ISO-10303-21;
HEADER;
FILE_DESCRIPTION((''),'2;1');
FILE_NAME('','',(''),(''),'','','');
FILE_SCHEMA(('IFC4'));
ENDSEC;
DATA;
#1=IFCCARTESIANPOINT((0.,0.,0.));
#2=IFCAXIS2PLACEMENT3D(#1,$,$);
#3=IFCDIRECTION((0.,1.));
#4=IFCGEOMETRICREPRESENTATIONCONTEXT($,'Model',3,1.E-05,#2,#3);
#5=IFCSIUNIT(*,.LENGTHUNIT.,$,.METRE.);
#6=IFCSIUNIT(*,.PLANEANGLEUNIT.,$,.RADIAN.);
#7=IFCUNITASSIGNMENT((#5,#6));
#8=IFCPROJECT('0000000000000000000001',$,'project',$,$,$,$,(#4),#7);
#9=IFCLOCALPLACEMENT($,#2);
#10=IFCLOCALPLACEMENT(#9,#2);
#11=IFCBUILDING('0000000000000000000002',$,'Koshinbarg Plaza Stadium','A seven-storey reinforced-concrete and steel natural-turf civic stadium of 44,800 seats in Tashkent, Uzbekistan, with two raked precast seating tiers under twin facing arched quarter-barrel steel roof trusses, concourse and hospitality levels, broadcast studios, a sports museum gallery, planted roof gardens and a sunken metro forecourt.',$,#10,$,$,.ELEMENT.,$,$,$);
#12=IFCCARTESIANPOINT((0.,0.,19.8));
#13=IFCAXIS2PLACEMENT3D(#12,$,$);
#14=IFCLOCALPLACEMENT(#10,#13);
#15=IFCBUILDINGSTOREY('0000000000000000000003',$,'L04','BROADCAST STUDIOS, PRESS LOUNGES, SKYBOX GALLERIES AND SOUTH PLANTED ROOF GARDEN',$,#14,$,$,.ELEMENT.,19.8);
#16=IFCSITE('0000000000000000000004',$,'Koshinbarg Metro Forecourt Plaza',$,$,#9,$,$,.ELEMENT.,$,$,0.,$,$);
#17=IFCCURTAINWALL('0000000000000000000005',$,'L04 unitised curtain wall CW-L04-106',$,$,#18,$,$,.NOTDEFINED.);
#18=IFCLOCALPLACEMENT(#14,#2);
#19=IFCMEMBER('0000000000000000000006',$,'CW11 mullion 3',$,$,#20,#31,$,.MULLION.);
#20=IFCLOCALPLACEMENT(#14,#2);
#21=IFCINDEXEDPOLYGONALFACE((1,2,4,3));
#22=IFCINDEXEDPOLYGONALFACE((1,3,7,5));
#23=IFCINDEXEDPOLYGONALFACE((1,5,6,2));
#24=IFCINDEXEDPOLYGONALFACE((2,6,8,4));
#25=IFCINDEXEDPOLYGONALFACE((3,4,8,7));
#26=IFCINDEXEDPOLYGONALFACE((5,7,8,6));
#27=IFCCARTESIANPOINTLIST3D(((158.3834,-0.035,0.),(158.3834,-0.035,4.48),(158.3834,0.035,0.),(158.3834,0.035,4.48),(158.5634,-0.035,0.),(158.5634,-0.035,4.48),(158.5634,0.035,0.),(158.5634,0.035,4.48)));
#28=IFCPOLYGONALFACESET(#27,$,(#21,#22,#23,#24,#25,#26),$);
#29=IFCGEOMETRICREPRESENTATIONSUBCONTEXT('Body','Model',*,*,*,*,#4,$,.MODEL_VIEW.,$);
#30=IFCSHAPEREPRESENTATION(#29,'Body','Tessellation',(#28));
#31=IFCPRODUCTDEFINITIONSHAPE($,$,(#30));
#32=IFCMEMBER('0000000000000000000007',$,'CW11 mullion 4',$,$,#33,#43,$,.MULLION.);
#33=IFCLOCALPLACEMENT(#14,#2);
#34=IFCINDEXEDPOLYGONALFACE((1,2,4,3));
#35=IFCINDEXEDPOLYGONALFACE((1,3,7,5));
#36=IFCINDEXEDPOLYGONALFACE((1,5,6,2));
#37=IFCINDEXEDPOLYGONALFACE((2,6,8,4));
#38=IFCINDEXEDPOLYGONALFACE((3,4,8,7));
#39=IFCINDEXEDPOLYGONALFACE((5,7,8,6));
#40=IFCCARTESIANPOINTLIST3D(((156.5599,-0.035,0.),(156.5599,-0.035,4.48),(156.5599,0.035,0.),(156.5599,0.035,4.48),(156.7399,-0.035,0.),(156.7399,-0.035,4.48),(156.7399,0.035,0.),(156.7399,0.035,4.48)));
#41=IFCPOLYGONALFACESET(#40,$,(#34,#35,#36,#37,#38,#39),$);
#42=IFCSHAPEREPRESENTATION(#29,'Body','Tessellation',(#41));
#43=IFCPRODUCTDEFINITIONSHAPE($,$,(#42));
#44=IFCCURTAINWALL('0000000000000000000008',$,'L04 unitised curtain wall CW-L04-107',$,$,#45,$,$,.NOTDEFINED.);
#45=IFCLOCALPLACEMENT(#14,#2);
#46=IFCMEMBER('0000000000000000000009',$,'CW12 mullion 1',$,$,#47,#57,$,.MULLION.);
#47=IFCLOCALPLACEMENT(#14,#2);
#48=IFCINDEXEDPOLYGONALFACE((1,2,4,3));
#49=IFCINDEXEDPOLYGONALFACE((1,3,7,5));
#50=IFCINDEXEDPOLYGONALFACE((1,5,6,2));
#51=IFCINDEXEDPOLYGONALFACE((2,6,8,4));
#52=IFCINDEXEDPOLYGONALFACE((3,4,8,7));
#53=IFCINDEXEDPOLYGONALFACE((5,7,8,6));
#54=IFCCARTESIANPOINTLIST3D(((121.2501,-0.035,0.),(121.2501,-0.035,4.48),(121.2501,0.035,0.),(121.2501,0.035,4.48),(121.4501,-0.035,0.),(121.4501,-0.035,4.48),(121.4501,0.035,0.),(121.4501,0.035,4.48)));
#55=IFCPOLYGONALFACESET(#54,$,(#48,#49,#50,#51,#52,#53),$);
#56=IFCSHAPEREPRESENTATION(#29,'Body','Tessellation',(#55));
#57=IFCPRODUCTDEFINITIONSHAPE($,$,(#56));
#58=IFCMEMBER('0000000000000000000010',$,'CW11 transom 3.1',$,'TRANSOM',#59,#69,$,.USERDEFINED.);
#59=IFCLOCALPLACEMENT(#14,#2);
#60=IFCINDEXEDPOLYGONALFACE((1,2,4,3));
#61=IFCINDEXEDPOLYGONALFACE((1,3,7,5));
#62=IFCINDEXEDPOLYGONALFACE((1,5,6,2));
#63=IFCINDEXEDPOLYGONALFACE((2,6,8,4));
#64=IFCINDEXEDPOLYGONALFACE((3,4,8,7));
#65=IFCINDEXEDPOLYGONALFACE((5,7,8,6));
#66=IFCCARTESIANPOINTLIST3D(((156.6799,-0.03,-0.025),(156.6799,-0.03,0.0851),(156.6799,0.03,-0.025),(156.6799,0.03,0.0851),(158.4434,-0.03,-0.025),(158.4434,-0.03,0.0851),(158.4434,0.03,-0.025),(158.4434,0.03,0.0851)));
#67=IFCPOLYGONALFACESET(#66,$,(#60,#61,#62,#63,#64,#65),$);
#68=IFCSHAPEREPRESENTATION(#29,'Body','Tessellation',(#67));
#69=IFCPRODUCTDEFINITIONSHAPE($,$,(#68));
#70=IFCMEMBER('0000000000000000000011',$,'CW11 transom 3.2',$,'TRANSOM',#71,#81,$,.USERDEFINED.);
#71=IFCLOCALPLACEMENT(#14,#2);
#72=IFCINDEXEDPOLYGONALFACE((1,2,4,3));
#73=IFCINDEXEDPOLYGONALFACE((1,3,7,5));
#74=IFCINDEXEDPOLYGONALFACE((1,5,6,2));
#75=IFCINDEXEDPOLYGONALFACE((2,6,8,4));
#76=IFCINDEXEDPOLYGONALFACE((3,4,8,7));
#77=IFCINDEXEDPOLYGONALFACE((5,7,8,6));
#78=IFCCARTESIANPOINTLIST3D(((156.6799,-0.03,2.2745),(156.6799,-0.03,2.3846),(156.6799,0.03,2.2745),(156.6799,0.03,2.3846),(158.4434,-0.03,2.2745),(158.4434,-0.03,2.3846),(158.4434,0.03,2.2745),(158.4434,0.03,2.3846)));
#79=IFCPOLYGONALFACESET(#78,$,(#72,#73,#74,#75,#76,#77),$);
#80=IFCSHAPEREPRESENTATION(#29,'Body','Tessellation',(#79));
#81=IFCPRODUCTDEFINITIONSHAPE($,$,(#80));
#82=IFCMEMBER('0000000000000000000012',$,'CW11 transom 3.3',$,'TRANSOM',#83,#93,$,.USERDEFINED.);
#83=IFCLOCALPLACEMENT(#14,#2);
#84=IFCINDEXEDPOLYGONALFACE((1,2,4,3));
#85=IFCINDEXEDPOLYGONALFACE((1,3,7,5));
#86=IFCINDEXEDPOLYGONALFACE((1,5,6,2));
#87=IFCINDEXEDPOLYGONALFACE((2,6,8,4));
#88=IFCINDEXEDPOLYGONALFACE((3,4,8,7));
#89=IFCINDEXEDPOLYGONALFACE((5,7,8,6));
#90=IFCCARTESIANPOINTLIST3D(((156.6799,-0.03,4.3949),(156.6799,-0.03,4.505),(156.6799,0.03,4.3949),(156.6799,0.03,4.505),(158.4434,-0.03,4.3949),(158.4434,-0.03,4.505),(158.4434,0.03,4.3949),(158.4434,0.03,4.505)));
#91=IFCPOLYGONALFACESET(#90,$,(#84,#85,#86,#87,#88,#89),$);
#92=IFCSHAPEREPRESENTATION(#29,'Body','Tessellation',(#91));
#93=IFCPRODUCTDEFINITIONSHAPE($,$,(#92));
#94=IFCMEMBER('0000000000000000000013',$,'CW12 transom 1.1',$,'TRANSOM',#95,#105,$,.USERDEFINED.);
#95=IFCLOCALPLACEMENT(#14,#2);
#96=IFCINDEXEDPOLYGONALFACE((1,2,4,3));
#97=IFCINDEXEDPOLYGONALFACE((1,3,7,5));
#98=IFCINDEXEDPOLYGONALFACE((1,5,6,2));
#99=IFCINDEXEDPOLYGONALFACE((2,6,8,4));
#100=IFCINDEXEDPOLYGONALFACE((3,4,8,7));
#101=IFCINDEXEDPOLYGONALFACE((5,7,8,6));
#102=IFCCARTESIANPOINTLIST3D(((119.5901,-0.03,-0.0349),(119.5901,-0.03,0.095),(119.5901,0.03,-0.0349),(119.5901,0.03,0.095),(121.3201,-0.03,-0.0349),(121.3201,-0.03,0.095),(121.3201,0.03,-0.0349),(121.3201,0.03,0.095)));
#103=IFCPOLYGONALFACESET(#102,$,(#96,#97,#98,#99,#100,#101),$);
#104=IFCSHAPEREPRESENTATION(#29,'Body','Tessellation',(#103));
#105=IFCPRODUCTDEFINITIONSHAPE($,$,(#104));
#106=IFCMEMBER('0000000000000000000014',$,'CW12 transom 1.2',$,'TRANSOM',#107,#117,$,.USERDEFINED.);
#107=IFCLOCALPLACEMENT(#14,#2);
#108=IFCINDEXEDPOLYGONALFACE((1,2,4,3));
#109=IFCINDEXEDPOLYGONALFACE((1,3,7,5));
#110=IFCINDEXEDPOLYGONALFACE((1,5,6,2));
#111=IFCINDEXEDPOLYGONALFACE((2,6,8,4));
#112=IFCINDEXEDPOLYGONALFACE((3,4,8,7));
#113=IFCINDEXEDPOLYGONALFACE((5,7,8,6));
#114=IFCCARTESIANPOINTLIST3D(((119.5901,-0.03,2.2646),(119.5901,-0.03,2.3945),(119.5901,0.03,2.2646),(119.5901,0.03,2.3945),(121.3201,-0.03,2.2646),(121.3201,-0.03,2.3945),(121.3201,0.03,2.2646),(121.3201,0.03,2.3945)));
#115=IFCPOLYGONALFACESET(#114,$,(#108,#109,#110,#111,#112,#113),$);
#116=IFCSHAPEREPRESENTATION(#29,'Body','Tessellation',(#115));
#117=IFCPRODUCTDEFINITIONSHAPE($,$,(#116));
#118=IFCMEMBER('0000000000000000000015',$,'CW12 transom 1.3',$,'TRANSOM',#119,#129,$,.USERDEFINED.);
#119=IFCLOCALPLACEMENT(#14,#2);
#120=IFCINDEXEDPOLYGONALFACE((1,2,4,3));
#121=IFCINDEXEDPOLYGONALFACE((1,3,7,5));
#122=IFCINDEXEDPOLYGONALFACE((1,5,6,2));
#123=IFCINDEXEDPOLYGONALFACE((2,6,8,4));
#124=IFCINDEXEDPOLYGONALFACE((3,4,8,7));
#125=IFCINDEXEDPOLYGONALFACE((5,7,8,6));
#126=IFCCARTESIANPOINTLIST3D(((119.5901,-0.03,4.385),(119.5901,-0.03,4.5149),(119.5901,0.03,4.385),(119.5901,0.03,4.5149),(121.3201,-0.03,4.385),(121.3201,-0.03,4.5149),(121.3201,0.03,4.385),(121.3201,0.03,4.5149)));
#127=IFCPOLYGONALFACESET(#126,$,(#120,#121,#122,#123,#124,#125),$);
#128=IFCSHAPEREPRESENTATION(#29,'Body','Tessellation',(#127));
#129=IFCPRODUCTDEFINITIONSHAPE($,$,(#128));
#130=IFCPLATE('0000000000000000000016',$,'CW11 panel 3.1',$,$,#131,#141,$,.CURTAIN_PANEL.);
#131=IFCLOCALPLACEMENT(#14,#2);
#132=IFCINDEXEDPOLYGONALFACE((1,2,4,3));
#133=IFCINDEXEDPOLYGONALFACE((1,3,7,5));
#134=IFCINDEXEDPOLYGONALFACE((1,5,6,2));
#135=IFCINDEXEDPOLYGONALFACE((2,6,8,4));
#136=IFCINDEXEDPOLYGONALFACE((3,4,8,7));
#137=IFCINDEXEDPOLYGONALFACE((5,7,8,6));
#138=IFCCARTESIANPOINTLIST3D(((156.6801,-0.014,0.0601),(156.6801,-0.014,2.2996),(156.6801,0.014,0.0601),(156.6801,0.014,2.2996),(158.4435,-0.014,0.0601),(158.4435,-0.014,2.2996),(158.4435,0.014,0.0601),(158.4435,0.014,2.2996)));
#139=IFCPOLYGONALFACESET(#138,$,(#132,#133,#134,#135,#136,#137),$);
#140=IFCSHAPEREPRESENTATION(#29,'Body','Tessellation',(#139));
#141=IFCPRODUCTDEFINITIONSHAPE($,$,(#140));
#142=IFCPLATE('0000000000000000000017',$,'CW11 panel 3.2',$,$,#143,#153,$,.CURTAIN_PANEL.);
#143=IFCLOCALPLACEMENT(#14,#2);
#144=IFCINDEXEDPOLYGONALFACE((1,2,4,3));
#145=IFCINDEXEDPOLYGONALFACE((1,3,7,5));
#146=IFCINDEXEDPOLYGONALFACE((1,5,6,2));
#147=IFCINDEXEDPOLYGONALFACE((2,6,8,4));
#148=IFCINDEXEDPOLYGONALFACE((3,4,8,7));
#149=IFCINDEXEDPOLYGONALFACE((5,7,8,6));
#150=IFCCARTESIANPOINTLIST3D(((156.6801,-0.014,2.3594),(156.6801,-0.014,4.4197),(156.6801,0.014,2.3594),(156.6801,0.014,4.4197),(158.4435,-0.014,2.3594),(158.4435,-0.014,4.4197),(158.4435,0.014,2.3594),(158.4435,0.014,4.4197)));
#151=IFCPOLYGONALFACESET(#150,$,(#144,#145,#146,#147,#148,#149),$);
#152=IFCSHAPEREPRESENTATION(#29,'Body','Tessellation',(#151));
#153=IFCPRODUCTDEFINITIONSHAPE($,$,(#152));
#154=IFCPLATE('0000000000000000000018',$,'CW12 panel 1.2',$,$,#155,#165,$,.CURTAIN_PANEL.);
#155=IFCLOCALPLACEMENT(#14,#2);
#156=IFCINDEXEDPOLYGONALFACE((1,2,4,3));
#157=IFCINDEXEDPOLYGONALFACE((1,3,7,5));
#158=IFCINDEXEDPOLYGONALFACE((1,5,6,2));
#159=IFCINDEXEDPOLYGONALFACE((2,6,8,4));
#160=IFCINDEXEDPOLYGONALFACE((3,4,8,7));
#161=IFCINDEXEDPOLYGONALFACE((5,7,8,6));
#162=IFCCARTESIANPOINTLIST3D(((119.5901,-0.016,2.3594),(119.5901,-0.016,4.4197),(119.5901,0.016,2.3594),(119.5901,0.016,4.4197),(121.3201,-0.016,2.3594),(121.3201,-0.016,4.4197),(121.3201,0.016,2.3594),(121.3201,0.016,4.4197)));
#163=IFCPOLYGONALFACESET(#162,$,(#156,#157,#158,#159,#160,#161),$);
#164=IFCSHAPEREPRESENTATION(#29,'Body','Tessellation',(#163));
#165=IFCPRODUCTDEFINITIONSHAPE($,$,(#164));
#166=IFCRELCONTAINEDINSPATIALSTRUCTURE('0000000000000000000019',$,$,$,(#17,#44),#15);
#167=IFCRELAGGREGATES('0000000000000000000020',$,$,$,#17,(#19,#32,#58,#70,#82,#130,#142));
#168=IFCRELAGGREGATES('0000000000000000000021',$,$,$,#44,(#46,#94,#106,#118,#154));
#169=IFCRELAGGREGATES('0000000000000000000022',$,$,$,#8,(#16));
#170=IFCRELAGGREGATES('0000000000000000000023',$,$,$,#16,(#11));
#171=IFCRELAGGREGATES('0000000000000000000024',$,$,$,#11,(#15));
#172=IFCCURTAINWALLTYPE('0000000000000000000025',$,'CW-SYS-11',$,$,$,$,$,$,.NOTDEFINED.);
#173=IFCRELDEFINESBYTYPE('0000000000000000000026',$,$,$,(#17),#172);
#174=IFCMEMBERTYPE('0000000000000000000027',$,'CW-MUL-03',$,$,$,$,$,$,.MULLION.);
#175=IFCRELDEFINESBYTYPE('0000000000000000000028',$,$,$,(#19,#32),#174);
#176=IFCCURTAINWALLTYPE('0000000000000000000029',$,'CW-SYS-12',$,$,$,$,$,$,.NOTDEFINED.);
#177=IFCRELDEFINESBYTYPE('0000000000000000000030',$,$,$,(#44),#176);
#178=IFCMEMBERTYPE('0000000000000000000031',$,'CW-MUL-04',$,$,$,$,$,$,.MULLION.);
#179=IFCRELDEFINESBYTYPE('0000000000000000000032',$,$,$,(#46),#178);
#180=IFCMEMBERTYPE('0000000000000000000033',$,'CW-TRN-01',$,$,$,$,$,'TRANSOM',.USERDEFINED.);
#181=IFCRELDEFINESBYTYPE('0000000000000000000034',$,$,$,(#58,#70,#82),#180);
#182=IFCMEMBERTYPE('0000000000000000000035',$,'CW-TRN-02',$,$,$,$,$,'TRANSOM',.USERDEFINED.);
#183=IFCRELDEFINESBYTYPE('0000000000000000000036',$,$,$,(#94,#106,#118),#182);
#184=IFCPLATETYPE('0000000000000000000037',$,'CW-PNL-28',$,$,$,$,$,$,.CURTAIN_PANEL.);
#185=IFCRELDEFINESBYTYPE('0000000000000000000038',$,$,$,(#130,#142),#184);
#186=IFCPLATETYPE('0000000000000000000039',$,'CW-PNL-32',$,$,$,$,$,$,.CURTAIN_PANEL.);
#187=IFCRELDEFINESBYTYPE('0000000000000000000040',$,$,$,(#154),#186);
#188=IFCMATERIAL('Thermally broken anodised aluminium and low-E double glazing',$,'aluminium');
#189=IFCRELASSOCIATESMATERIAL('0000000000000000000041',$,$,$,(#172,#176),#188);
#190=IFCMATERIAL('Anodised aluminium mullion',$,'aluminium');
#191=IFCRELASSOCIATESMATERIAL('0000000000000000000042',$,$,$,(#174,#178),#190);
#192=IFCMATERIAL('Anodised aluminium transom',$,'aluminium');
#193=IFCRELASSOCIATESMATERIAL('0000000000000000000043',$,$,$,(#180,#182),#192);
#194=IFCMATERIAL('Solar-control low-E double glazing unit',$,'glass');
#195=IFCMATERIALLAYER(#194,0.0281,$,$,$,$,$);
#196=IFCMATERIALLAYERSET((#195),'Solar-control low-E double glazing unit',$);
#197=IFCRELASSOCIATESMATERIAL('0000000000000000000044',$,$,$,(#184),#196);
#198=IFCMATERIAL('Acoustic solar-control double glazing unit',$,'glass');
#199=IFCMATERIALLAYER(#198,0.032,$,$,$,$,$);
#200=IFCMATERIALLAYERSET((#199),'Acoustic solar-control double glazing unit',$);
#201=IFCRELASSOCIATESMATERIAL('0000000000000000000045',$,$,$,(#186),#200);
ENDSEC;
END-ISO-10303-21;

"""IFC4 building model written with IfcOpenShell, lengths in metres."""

from ifc_helpers import new_model, si_unit, direction, frame, origin, origin_2d, place, context, subcontext, project, spatial, rectangle, extrude, material, layer, layer_set, material_profile, profile_set, type_object, element, aggregate, save


model = new_model("IFC4")

# Units and contexts
model_context = context("Model", 3, precision=1e-05, world=origin(), true_north=direction((0.0, 1.0)))
body_context = subcontext(model_context, "Body", "Model", "MODEL_VIEW")
ifc_project = project(units=[si_unit("LENGTHUNIT", "METRE"), si_unit("PLANEANGLEUNIT", "RADIAN")], contexts=[model_context])

# Site, building, storey
site_placement = place(None, origin())
site = spatial("IfcSite", under=ifc_project, at=site_placement, Name="Koshinbarg Metro Forecourt Plaza", CompositionType="ELEMENT", RefElevation=0.0)
building_placement = place(site_placement, origin())
building = spatial("IfcBuilding", under=site, at=building_placement, Name="Koshinbarg Plaza Stadium", Description="A seven-storey reinforced-concrete and steel natural-turf civic stadium of 44,800 seats in Tashkent, Uzbekistan, with two raked precast seating tiers under twin facing arched quarter-barrel steel roof trusses, concourse and hospitality levels, broadcast studios, a sports museum gallery, planted roof gardens and a sunken metro forecourt.", CompositionType="ELEMENT")
storey_placement = place(building_placement, frame((0.0, 0.0, 19.8)))
storey = spatial("IfcBuildingStorey", under=building, at=storey_placement, Name="L04", Description="BROADCAST STUDIOS, PRESS LOUNGES, SKYBOX GALLERIES AND SOUTH PLANTED ROOF GARDEN", CompositionType="ELEMENT", Elevation=19.8)

# Curtain wall, members
ifc_material_1 = material(Name="Thermally broken anodised aluminium and low-E double glazing", Category="aluminium")
curtain_wall_type_1 = type_object("IfcCurtainWallType", Name="CW-SYS-11", PredefinedType="NOTDEFINED", material=ifc_material_1)
curtain_wall_1_placement = place(storey_placement, origin())
curtain_wall_1 = element("IfcCurtainWall", 1, at=curtain_wall_1_placement, inside=storey, type_object=curtain_wall_type_1, Name="L04 unitised curtain wall CW-L04-106", PredefinedType="NOTDEFINED")
ifc_material_2 = material(Name="Anodised aluminium mullion", Category="aluminium")
ifc_material_profile_1 = material_profile(ifc_material_2, rectangle(XDim=0.0701, YDim=0.1799, at=origin_2d()), Name="ALU 70x180")
ifc_profile_set_1 = profile_set([ifc_material_profile_1], Name="Anodised aluminium mullion")
member_type_1 = type_object("IfcMemberType", Name="CW-MUL-03", PredefinedType="MULLION", material=ifc_profile_set_1)
member_1_placement = place(storey_placement, frame((158.4734, 0.0, 0.0), z_axis=(0.0, 0.0, 1.0), x_axis=(0.0, -1.0, 0.0)))
member_1 = element("IfcMember", 2, at=member_1_placement, type_object=member_type_1, Name="CW11 mullion 3", PredefinedType="MULLION", context=body_context, shape_type="SweptSolid", body=[
    extrude(rectangle(XDim=0.0701, YDim=0.1799, at=origin_2d()), origin(), (0.0, 0.0, 1.0), 4.48),
])
member_2_placement = place(storey_placement, frame((156.6499, 0.0, 0.0), z_axis=(0.0, 0.0, 1.0), x_axis=(0.0, -1.0, 0.0)))
member_2 = element("IfcMember", 3, at=member_2_placement, type_object=member_type_1, Name="CW11 mullion 4", PredefinedType="MULLION", context=body_context, shape_type="SweptSolid", body=[
    extrude(rectangle(XDim=0.0701, YDim=0.1799, at=origin_2d()), origin(), (0.0, 0.0, 1.0), 4.48),
])

# Curtain wall, member
curtain_wall_type_2 = type_object("IfcCurtainWallType", Name="CW-SYS-12", PredefinedType="NOTDEFINED", material=ifc_material_1)
curtain_wall_2_placement = place(storey_placement, origin())
curtain_wall_2 = element("IfcCurtainWall", 4, at=curtain_wall_2_placement, inside=storey, type_object=curtain_wall_type_2, Name="L04 unitised curtain wall CW-L04-107", PredefinedType="NOTDEFINED")
ifc_material_profile_2 = material_profile(ifc_material_2, rectangle(XDim=0.0701, YDim=0.2, at=origin_2d()), Name="ALU 70x200")
ifc_profile_set_2 = profile_set([ifc_material_profile_2], Name="Anodised aluminium mullion")
member_type_2 = type_object("IfcMemberType", Name="CW-MUL-04", PredefinedType="MULLION", material=ifc_profile_set_2)
member_3_placement = place(storey_placement, frame((121.3501, 0.0, 0.0), z_axis=(0.0, 0.0, 1.0), x_axis=(0.0, -1.0, 0.0)))
member_3 = element("IfcMember", 5, at=member_3_placement, type_object=member_type_2, Name="CW12 mullion 1", PredefinedType="MULLION", context=body_context, shape_type="SweptSolid", body=[
    extrude(rectangle(XDim=0.0701, YDim=0.2, at=origin_2d()), origin(), (0.0, 0.0, 1.0), 4.48),
])

# Members
ifc_material_3 = material(Name="Anodised aluminium transom", Category="aluminium")
ifc_material_profile_3 = material_profile(ifc_material_3, rectangle(XDim=0.0601, YDim=0.1101, at=origin_2d()), Name="ALU 60x110")
ifc_profile_set_3 = profile_set([ifc_material_profile_3], Name="Anodised aluminium transom")
member_type_3 = type_object("IfcMemberType", Name="CW-TRN-01", ElementType="TRANSOM", PredefinedType="USERDEFINED", material=ifc_profile_set_3)
member_4_placement = place(storey_placement, frame((158.4434, 0.0, 0.03), z_axis=(-1.0, 0.0, 0.0), x_axis=(0.0, -1.0, 0.0)))
member_4 = element("IfcMember", 6, at=member_4_placement, type_object=member_type_3, Name="CW11 transom 3.1", ObjectType="TRANSOM", PredefinedType="USERDEFINED", context=body_context, shape_type="SweptSolid", body=[
    extrude(rectangle(XDim=0.0601, YDim=0.1101, at=origin_2d()), origin(), (0.0, 0.0, 1.0), 1.7634),
])
member_5_placement = place(storey_placement, frame((158.4434, 0.0, 2.3296), z_axis=(-1.0, 0.0, 0.0), x_axis=(0.0, -1.0, 0.0)))
member_5 = element("IfcMember", 7, at=member_5_placement, type_object=member_type_3, Name="CW11 transom 3.2", ObjectType="TRANSOM", PredefinedType="USERDEFINED", context=body_context, shape_type="SweptSolid", body=[
    extrude(rectangle(XDim=0.0601, YDim=0.1101, at=origin_2d()), origin(), (0.0, 0.0, 1.0), 1.7634),
])
member_6_placement = place(storey_placement, frame((158.4434, 0.0, 4.45), z_axis=(-1.0, 0.0, 0.0), x_axis=(0.0, -1.0, 0.0)))
member_6 = element("IfcMember", 8, at=member_6_placement, type_object=member_type_3, Name="CW11 transom 3.3", ObjectType="TRANSOM", PredefinedType="USERDEFINED", context=body_context, shape_type="SweptSolid", body=[
    extrude(rectangle(XDim=0.0601, YDim=0.1101, at=origin_2d()), origin(), (0.0, 0.0, 1.0), 1.7634),
])
ifc_material_profile_4 = material_profile(ifc_material_3, rectangle(XDim=0.0601, YDim=0.1299, at=origin_2d()), Name="ALU 60x130")
ifc_profile_set_4 = profile_set([ifc_material_profile_4], Name="Anodised aluminium transom")
member_type_4 = type_object("IfcMemberType", Name="CW-TRN-02", ElementType="TRANSOM", PredefinedType="USERDEFINED", material=ifc_profile_set_4)
member_7_placement = place(storey_placement, frame((121.3201, 0.0, 0.03), z_axis=(-1.0, 0.0, 0.0), x_axis=(0.0, -1.0, 0.0)))
member_7 = element("IfcMember", 9, at=member_7_placement, type_object=member_type_4, Name="CW12 transom 1.1", ObjectType="TRANSOM", PredefinedType="USERDEFINED", context=body_context, shape_type="SweptSolid", body=[
    extrude(rectangle(XDim=0.0601, YDim=0.1299, at=origin_2d()), origin(), (0.0, 0.0, 1.0), 1.73),
])
member_8_placement = place(storey_placement, frame((121.3201, 0.0, 2.3296), z_axis=(-1.0, 0.0, 0.0), x_axis=(0.0, -1.0, 0.0)))
member_8 = element("IfcMember", 10, at=member_8_placement, type_object=member_type_4, Name="CW12 transom 1.2", ObjectType="TRANSOM", PredefinedType="USERDEFINED", context=body_context, shape_type="SweptSolid", body=[
    extrude(rectangle(XDim=0.0601, YDim=0.1299, at=origin_2d()), origin(), (0.0, 0.0, 1.0), 1.73),
])
member_9_placement = place(storey_placement, frame((121.3201, 0.0, 4.45), z_axis=(-1.0, 0.0, 0.0), x_axis=(0.0, -1.0, 0.0)))
member_9 = element("IfcMember", 11, at=member_9_placement, type_object=member_type_4, Name="CW12 transom 1.3", ObjectType="TRANSOM", PredefinedType="USERDEFINED", context=body_context, shape_type="SweptSolid", body=[
    extrude(rectangle(XDim=0.0601, YDim=0.1299, at=origin_2d()), origin(), (0.0, 0.0, 1.0), 1.73),
])

# Plates
ifc_material_4 = material(Name="Solar-control low-E double glazing unit", Category="glass")
ifc_layer_1 = layer(ifc_material_4, 0.0281)
ifc_layer_set_1 = layer_set([ifc_layer_1], Name="Solar-control low-E double glazing unit")
plate_type_1 = type_object("IfcPlateType", Name="CW-PNL-28", PredefinedType="CURTAIN_PANEL", material=ifc_layer_set_1)
plate_1_placement = place(storey_placement, frame((157.5618, 0.0, 0.0601), z_axis=(0.0, 0.0, 1.0), x_axis=(-1.0, 0.0, 0.0)))
plate_1 = element("IfcPlate", 12, at=plate_1_placement, type_object=plate_type_1, Name="CW11 panel 3.1", PredefinedType="CURTAIN_PANEL", context=body_context, shape_type="SweptSolid", body=[
    extrude(rectangle(XDim=1.7634, YDim=0.0281, at=origin_2d()), origin(), (0.0, 0.0, 1.0), 2.2395),
])
plate_2_placement = place(storey_placement, frame((157.5618, 0.0, 2.3594), z_axis=(0.0, 0.0, 1.0), x_axis=(-1.0, 0.0, 0.0)))
plate_2 = element("IfcPlate", 13, at=plate_2_placement, type_object=plate_type_1, Name="CW11 panel 3.2", PredefinedType="CURTAIN_PANEL", context=body_context, shape_type="SweptSolid", body=[
    extrude(rectangle(XDim=1.7634, YDim=0.0281, at=origin_2d()), origin(), (0.0, 0.0, 1.0), 2.0603),
])
aggregate(curtain_wall_1, [member_1, member_2, member_4, member_5, member_6, plate_1, plate_2])
ifc_material_5 = material(Name="Acoustic solar-control double glazing unit", Category="glass")
ifc_layer_2 = layer(ifc_material_5, 0.032)
ifc_layer_set_2 = layer_set([ifc_layer_2], Name="Acoustic solar-control double glazing unit")
plate_type_2 = type_object("IfcPlateType", Name="CW-PNL-32", PredefinedType="CURTAIN_PANEL", material=ifc_layer_set_2)
plate_3_placement = place(storey_placement, frame((120.4551, 0.0, 2.3594), z_axis=(0.0, 0.0, 1.0), x_axis=(-1.0, 0.0, 0.0)))
plate_3 = element("IfcPlate", 14, at=plate_3_placement, type_object=plate_type_2, Name="CW12 panel 1.2", PredefinedType="CURTAIN_PANEL", context=body_context, shape_type="SweptSolid", body=[
    extrude(rectangle(XDim=1.73, YDim=0.032, at=origin_2d()), origin(), (0.0, 0.0, 1.0), 2.0603),
])
aggregate(curtain_wall_2, [member_3, member_7, member_8, member_9, plate_3])

save(model, "model.ifc")
